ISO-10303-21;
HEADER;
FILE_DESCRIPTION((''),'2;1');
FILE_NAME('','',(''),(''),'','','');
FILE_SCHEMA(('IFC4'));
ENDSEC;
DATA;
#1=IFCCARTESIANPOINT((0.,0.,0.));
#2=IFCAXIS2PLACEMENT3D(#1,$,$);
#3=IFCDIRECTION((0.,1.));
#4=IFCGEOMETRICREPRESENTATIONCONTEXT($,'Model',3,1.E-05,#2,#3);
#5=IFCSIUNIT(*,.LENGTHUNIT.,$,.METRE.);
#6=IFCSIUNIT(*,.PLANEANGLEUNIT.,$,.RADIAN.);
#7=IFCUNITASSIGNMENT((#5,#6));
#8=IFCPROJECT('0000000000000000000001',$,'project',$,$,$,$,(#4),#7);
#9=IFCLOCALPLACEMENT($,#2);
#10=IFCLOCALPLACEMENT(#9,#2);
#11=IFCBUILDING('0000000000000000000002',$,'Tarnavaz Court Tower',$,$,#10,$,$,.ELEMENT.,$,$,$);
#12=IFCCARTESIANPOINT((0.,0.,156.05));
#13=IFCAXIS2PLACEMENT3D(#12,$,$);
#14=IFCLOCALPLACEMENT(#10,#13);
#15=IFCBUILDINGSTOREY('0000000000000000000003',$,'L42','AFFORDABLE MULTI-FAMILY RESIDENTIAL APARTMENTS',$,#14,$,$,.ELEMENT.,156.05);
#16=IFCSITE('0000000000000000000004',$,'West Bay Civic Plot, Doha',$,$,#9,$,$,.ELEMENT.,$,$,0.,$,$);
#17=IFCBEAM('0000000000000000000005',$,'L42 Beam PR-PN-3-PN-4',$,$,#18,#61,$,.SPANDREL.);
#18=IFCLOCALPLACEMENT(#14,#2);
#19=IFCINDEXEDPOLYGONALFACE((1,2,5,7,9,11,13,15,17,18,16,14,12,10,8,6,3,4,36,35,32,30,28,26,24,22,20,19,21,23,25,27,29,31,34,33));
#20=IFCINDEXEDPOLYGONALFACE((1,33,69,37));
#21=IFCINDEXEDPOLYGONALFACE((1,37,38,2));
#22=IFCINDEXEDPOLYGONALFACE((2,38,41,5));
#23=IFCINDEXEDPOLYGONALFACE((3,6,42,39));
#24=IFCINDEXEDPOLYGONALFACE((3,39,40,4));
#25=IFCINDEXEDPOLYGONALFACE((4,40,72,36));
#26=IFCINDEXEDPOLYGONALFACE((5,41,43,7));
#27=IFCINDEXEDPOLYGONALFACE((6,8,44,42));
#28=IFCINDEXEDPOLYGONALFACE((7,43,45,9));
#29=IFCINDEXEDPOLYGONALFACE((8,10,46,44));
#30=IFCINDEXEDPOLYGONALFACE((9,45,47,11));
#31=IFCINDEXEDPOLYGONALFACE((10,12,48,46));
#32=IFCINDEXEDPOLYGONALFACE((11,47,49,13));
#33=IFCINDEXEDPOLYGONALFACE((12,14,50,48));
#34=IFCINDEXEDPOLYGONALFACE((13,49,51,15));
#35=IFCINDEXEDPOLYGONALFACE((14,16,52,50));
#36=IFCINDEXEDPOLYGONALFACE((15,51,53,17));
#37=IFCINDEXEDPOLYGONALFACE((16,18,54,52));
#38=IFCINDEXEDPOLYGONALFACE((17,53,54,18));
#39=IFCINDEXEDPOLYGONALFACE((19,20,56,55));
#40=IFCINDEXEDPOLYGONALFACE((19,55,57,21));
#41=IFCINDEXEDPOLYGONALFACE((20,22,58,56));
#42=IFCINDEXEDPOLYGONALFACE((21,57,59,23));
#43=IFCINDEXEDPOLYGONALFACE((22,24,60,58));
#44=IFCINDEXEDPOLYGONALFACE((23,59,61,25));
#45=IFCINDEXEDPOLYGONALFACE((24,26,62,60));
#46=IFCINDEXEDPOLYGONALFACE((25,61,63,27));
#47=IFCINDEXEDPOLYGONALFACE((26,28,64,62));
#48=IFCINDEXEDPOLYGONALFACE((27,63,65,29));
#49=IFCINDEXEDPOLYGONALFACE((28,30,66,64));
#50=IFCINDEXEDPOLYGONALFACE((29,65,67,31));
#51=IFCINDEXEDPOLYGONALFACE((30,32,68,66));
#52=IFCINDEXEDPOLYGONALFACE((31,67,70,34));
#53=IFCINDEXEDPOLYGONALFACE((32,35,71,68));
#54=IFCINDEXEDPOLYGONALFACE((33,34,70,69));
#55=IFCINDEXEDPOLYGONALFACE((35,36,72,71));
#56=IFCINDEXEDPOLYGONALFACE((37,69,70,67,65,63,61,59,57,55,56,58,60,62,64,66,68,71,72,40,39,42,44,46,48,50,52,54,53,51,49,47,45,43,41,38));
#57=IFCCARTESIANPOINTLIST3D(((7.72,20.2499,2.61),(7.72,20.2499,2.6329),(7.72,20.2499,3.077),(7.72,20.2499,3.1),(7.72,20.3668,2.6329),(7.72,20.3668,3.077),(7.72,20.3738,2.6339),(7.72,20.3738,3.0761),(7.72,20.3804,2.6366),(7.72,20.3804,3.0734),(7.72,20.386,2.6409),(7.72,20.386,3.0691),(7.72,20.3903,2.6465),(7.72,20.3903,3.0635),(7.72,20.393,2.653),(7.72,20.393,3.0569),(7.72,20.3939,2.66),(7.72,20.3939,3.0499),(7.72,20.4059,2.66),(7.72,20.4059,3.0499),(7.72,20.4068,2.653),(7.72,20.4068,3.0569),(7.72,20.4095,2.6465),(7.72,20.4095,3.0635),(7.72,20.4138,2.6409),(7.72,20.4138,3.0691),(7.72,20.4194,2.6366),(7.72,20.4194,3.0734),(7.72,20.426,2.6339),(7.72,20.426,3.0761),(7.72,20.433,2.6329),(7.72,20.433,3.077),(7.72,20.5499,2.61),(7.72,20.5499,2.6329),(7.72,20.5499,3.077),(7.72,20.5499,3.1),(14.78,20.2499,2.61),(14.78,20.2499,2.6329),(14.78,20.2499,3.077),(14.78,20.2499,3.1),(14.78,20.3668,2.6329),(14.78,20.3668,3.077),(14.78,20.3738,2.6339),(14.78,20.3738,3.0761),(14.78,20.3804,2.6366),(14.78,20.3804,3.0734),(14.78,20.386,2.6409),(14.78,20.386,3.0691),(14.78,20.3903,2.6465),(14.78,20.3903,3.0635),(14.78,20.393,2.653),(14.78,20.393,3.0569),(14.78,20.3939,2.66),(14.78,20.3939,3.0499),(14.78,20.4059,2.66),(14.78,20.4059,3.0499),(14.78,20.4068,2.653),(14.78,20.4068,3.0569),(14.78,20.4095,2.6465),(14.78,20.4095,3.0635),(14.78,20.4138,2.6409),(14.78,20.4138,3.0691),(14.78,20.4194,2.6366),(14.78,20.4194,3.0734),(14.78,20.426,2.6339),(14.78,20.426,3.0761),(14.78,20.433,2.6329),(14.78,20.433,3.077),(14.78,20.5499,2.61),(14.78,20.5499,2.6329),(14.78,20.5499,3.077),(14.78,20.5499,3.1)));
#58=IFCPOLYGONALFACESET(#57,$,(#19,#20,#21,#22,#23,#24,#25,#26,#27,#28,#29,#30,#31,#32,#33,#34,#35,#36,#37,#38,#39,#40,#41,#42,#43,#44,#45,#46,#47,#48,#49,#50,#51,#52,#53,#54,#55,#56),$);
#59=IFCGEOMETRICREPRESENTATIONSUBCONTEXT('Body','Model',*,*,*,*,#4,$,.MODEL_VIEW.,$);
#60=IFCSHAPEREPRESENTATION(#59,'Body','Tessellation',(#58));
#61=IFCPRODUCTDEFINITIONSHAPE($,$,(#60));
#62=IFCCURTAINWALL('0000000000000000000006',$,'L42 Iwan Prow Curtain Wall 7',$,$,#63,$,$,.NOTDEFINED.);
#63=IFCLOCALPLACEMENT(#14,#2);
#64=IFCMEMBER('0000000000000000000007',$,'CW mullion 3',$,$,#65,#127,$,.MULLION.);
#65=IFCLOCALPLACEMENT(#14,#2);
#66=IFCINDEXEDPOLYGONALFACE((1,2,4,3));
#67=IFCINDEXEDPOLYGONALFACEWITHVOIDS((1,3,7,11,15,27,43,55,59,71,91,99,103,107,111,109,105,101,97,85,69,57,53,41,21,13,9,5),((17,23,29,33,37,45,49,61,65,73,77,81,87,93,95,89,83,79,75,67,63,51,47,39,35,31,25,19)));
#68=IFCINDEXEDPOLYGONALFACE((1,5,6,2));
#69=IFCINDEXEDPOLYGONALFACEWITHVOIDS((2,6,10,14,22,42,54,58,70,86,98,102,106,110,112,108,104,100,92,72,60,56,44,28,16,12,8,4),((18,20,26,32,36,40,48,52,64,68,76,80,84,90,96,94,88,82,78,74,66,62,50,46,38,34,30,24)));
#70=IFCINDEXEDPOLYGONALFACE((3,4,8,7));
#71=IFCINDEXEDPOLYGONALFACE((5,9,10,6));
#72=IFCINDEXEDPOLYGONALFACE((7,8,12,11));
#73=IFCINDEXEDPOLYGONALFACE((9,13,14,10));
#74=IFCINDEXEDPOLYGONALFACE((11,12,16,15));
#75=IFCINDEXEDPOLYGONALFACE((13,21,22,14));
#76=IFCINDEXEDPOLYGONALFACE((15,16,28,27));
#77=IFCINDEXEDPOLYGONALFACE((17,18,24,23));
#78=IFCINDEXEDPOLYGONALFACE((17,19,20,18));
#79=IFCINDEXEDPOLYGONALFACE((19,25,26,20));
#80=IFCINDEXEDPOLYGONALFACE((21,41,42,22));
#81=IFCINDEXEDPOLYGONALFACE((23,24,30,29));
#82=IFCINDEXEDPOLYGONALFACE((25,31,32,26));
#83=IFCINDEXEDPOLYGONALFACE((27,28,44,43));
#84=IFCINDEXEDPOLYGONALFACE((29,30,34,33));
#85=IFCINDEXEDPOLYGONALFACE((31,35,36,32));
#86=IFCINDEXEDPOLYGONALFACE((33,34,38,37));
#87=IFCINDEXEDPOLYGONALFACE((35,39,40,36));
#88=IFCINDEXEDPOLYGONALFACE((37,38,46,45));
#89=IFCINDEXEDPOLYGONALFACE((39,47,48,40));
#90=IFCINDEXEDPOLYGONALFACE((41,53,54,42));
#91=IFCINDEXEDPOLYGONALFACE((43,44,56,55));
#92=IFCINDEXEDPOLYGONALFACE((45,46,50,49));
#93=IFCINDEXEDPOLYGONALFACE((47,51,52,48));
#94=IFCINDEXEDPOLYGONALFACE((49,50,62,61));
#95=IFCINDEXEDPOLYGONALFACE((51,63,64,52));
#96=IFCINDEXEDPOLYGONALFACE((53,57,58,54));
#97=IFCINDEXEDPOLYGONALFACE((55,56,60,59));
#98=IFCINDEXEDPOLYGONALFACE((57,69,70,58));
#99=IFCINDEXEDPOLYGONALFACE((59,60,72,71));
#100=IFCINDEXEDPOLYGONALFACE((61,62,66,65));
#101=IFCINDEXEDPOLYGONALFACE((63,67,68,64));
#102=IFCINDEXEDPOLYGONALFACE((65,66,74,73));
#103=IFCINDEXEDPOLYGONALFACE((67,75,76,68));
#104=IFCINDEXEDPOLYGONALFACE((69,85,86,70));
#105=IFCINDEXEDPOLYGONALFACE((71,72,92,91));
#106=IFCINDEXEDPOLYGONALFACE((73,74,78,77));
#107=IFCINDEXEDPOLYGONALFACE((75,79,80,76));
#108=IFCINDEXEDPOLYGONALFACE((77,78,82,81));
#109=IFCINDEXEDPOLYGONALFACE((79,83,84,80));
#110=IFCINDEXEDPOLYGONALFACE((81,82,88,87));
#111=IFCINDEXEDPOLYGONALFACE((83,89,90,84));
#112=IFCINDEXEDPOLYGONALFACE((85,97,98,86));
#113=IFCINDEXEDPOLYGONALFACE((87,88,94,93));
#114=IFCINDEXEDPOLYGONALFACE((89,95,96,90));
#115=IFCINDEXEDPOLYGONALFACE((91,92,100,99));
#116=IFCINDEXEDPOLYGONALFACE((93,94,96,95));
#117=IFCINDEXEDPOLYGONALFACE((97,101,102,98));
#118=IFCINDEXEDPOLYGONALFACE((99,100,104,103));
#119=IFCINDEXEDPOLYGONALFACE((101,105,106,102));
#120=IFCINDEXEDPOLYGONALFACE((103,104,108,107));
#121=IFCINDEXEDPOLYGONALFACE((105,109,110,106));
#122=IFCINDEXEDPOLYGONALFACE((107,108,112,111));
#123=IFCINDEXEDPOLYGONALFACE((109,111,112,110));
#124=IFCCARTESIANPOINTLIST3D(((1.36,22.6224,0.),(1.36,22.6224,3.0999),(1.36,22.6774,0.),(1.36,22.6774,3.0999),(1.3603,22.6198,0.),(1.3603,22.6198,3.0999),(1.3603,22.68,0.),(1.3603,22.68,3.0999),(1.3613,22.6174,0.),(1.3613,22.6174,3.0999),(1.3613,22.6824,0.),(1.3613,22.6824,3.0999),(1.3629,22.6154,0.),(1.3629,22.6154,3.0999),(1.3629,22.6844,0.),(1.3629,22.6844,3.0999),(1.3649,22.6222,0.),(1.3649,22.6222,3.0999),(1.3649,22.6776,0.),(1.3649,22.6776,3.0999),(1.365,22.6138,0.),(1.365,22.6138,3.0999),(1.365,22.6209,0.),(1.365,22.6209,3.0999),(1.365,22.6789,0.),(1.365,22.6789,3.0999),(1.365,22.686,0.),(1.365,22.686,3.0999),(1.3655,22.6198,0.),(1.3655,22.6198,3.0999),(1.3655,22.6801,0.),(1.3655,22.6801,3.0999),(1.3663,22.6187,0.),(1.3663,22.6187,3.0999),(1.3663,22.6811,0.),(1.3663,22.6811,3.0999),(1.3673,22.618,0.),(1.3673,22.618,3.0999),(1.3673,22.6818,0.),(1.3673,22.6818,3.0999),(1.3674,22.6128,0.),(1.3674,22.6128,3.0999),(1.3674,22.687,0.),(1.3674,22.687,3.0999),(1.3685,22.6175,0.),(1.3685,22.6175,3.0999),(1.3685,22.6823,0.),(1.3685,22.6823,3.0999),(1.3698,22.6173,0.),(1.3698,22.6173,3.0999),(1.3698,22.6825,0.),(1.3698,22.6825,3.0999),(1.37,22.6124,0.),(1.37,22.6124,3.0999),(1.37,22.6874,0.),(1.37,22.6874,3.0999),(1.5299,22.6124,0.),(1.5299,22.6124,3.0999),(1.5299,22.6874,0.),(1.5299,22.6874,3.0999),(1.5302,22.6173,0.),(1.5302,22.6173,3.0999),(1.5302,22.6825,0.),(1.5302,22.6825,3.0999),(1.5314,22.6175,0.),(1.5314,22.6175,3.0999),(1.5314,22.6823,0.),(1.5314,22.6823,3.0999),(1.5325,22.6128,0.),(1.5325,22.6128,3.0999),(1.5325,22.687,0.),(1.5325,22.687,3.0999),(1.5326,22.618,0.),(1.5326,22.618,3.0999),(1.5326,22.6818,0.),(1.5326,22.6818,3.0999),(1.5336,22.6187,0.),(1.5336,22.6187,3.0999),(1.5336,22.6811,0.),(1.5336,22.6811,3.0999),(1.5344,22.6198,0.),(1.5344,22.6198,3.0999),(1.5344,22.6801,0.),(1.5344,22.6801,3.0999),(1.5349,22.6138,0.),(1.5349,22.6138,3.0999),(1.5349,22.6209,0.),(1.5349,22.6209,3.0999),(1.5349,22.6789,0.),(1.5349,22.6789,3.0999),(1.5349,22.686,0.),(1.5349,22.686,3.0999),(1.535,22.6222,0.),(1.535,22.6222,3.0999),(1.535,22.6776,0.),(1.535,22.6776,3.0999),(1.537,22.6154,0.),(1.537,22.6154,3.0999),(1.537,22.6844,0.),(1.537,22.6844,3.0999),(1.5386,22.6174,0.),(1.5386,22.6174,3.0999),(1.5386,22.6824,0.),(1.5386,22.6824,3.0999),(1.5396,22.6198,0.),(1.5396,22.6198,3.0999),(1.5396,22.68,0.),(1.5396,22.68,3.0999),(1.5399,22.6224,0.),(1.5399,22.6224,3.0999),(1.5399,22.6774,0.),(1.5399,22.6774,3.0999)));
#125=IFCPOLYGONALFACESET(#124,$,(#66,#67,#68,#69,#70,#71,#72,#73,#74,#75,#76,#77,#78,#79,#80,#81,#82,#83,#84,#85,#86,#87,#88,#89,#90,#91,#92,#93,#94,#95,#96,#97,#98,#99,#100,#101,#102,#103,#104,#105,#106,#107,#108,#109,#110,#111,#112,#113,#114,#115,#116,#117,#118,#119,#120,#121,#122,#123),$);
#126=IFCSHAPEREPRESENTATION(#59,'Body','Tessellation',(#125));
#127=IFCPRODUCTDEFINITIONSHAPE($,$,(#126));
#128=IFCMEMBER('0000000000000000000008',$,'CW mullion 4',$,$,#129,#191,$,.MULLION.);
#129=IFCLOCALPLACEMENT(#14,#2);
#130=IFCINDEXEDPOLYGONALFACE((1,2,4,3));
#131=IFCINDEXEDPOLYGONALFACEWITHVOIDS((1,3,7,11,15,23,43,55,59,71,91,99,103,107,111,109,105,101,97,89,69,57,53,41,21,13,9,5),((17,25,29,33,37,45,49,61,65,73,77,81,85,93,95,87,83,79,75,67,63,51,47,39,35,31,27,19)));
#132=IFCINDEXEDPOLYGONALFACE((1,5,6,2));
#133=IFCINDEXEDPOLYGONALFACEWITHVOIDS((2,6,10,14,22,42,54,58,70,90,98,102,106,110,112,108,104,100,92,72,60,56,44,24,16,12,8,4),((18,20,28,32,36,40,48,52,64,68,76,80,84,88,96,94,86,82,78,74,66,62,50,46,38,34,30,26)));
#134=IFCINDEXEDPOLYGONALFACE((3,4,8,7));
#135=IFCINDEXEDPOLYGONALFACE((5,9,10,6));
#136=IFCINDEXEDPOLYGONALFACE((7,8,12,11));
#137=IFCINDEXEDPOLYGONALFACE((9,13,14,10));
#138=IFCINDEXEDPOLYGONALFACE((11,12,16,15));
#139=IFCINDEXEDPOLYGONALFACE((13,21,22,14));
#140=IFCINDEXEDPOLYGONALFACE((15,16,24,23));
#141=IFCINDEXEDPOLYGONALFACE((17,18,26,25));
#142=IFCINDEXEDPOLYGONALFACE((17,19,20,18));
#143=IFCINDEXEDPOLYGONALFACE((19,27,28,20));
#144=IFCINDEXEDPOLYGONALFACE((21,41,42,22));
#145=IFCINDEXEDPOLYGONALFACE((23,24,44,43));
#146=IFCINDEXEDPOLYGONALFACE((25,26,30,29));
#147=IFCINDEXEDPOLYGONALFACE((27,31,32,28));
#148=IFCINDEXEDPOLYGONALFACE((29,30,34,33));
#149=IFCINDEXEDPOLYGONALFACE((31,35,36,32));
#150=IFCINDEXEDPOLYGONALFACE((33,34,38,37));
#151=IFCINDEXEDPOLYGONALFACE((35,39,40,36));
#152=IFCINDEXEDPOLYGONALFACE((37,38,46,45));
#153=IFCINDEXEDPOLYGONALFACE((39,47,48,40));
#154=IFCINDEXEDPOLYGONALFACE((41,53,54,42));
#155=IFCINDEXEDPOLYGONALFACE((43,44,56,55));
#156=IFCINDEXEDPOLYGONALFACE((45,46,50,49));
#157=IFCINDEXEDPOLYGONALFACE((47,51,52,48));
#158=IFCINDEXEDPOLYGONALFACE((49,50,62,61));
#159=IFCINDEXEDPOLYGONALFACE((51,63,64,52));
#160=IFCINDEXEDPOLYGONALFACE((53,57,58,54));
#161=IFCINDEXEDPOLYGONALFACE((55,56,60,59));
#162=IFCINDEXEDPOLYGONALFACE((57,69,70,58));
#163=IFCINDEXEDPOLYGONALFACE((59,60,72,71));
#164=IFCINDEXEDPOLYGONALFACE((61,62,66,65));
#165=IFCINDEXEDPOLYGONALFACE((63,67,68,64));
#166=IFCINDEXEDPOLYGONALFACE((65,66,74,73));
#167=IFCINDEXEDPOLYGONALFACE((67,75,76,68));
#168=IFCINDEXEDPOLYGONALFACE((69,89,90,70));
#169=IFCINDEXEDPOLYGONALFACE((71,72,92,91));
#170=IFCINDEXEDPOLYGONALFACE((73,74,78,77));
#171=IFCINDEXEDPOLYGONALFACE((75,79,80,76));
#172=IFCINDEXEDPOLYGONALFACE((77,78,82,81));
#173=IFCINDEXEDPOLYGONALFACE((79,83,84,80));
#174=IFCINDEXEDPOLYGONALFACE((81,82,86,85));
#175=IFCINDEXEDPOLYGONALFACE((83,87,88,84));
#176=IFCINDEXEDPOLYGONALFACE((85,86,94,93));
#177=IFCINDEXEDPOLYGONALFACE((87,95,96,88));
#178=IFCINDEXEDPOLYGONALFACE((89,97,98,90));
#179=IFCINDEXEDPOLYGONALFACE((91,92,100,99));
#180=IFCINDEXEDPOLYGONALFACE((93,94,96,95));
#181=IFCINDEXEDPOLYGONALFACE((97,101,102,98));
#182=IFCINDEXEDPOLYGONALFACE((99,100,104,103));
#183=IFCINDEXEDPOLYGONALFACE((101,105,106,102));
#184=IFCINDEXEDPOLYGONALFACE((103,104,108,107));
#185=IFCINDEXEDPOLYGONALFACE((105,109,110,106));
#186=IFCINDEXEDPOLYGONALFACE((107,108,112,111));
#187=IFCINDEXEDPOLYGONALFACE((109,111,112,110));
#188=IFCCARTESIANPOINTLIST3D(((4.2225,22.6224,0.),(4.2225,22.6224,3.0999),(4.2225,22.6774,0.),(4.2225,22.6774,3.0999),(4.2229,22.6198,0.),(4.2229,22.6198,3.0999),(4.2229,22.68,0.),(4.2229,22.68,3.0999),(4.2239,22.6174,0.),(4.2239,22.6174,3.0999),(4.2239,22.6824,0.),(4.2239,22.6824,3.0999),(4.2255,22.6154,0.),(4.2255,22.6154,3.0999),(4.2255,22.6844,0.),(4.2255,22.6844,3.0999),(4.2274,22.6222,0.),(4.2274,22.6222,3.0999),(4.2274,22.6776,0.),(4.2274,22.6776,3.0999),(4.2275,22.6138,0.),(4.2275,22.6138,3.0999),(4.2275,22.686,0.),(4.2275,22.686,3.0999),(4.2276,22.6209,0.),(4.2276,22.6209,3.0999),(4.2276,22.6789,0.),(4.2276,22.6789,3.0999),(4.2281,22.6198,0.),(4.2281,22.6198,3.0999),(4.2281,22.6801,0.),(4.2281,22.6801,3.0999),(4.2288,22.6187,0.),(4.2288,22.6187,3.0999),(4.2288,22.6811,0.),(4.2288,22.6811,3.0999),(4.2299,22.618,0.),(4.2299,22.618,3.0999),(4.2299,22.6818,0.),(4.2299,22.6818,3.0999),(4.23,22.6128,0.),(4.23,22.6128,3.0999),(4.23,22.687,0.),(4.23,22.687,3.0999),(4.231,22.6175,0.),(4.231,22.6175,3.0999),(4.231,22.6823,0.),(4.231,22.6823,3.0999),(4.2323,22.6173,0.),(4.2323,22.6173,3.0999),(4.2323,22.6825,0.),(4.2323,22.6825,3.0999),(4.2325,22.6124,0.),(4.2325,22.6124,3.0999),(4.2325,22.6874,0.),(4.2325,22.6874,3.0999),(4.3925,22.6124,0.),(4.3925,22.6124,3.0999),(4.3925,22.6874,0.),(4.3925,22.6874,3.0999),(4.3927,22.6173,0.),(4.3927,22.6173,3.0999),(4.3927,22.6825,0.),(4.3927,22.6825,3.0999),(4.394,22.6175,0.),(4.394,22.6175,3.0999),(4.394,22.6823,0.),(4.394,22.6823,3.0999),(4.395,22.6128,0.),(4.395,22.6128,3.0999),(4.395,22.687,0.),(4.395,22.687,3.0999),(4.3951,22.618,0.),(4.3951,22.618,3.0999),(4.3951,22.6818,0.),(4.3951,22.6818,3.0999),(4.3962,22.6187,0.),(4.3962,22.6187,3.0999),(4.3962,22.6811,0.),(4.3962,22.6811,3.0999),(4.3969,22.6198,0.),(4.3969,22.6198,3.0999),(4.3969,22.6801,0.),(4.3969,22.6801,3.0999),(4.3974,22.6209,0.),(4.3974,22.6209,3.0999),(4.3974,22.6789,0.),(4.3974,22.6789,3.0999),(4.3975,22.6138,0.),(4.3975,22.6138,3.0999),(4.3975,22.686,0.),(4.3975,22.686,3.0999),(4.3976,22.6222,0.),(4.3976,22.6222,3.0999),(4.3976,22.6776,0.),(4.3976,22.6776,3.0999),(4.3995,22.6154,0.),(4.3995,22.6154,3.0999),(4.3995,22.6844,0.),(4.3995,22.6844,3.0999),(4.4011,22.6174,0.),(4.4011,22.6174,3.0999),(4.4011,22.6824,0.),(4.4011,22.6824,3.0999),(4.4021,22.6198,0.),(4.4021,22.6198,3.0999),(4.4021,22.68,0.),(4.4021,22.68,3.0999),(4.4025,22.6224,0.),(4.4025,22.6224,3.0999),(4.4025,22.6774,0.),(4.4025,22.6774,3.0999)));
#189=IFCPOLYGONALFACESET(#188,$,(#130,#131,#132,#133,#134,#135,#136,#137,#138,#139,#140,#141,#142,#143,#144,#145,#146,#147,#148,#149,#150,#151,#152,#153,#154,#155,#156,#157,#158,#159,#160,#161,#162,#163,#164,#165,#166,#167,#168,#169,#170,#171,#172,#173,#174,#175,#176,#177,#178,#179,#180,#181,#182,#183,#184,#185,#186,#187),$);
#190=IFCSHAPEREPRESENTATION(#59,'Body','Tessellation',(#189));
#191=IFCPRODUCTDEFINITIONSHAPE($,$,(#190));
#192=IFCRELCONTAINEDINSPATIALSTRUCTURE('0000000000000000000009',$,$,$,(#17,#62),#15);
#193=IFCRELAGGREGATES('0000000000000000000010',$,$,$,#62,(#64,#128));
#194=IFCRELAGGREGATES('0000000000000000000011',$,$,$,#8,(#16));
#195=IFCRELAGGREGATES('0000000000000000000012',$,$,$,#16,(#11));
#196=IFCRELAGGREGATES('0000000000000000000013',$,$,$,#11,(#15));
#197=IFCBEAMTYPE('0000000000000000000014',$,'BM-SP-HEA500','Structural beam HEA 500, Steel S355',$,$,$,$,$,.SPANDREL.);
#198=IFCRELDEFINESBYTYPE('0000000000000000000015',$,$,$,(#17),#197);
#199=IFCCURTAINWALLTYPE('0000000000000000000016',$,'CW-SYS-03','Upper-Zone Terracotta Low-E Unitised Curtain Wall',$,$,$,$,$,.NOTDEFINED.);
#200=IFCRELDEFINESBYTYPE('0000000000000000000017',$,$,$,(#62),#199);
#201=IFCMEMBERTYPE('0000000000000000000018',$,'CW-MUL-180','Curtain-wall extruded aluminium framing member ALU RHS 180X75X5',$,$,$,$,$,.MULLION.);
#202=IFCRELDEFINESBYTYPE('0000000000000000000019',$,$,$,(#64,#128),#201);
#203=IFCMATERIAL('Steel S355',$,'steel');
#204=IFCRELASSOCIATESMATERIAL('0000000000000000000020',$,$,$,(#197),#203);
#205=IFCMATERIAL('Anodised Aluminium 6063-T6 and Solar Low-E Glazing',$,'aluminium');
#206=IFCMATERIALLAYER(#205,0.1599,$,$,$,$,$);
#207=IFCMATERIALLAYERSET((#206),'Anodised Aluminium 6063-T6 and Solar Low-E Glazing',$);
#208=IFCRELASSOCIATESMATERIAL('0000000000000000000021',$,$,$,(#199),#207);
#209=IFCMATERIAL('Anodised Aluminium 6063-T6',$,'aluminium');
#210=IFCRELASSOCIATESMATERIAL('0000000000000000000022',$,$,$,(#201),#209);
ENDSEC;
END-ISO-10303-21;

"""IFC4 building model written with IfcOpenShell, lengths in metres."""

from ifc_helpers import new_model, si_unit, direction, frame, origin, origin_2d, place, context, subcontext, project, spatial, hollow_rectangle, i_section, extrude, material, layer, layer_set, material_profile, profile_set, type_object, element, aggregate, save


model = new_model("IFC4")

# Units and contexts
model_context = context("Model", 3, precision=1e-05, world=origin(), true_north=direction((0.0, 1.0)))
body_context = subcontext(model_context, "Body", "Model", "MODEL_VIEW")
ifc_project = project(units=[si_unit("LENGTHUNIT", "METRE"), si_unit("PLANEANGLEUNIT", "RADIAN")], contexts=[model_context])

# Site, building, storey
site_placement = place(None, origin())
site = spatial("IfcSite", under=ifc_project, at=site_placement, Name="West Bay Civic Plot, Doha", CompositionType="ELEMENT", RefElevation=0.0)
building_placement = place(site_placement, origin())
building = spatial("IfcBuilding", under=site, at=building_placement, Name="Tarnavaz Court Tower", CompositionType="ELEMENT")
storey_placement = place(building_placement, frame((0.0, 0.0, 156.05)))
storey = spatial("IfcBuildingStorey", under=building, at=storey_placement, Name="L42", Description="AFFORDABLE MULTI-FAMILY RESIDENTIAL APARTMENTS", CompositionType="ELEMENT", Elevation=156.05)

# Beam
ifc_material_1 = material(Name="Steel S355", Category="steel")
ifc_material_profile_1 = material_profile(ifc_material_1, i_section(OverallWidth=0.3, OverallDepth=0.49, WebThickness=0.012, FlangeThickness=0.0229, FilletRadius=0.0271, at=origin_2d()), Name="HEA 500")
ifc_profile_set_1 = profile_set([ifc_material_profile_1], Name="Steel S355")
beam_type_1 = type_object("IfcBeamType", Name="BM-SP-HEA500", Description="Structural beam HEA 500, Steel S355", PredefinedType="SPANDREL", material=ifc_profile_set_1)
beam_placement = place(storey_placement, frame((7.72, 20.3999, 2.855), z_axis=(1.0, 0.0, 0.0), x_axis=(0.0, 1.0, 0.0)))
element("IfcBeam", 1, at=beam_placement, inside=storey, type_object=beam_type_1, Name="L42 Beam PR-PN-3-PN-4", PredefinedType="SPANDREL", context=body_context, shape_type="SweptSolid", body=[
    extrude(i_section(OverallWidth=0.3, OverallDepth=0.49, WebThickness=0.012, FlangeThickness=0.0229, FilletRadius=0.0271, at=origin_2d()), origin(), (0.0, 0.0, 1.0), 7.0601),
])

# Curtain wall, members
ifc_material_2 = material(Name="Anodised Aluminium 6063-T6 and Solar Low-E Glazing", Category="aluminium")
ifc_layer_1 = layer(ifc_material_2, 0.1599)
ifc_layer_set_1 = layer_set([ifc_layer_1], Name="Anodised Aluminium 6063-T6 and Solar Low-E Glazing")
curtain_wall_type = type_object("IfcCurtainWallType", Name="CW-SYS-03", Description="Upper-Zone Terracotta Low-E Unitised Curtain Wall", PredefinedType="NOTDEFINED", material=ifc_layer_set_1)
curtain_wall_placement = place(storey_placement, origin())
curtain_wall = element("IfcCurtainWall", 2, at=curtain_wall_placement, inside=storey, type_object=curtain_wall_type, Name="L42 Iwan Prow Curtain Wall 7", PredefinedType="NOTDEFINED")
ifc_material_3 = material(Name="Anodised Aluminium 6063-T6", Category="aluminium")
ifc_material_profile_2 = material_profile(ifc_material_3, hollow_rectangle(XDim=0.075, YDim=0.1799, WallThickness=0.0049, InnerFilletRadius=0.0049, OuterFilletRadius=0.01, at=origin_2d()), Name="ALU RHS 180X75X5")
ifc_profile_set_2 = profile_set([ifc_material_profile_2], Name="Anodised Aluminium 6063-T6")
member_type_1 = type_object("IfcMemberType", Name="CW-MUL-180", Description="Curtain-wall extruded aluminium framing member ALU RHS 180X75X5", PredefinedType="MULLION", material=ifc_profile_set_2)
member_1_placement = place(storey_placement, frame((1.45, 22.6499, 0.0), z_axis=(0.0, 0.0, 1.0), x_axis=(0.0, 1.0, 0.0)))
member_1 = element("IfcMember", 3, at=member_1_placement, type_object=member_type_1, Name="CW mullion 3", PredefinedType="MULLION", context=body_context, shape_type="SweptSolid", body=[
    extrude(hollow_rectangle(XDim=0.075, YDim=0.1799, WallThickness=0.0049, InnerFilletRadius=0.0049, OuterFilletRadius=0.01, at=origin_2d()), origin(), (0.0, 0.0, 1.0), 3.0999),
])
member_2_placement = place(storey_placement, frame((4.3125, 22.6499, 0.0), z_axis=(0.0, 0.0, 1.0), x_axis=(0.0, 1.0, 0.0)))
member_2 = element("IfcMember", 4, at=member_2_placement, type_object=member_type_1, Name="CW mullion 4", PredefinedType="MULLION", context=body_context, shape_type="SweptSolid", body=[
    extrude(hollow_rectangle(XDim=0.075, YDim=0.1799, WallThickness=0.0049, InnerFilletRadius=0.0049, OuterFilletRadius=0.01, at=origin_2d()), origin(), (0.0, 0.0, 1.0), 3.0999),
])
aggregate(curtain_wall, [member_1, member_2])

save(model, "model.ifc")
